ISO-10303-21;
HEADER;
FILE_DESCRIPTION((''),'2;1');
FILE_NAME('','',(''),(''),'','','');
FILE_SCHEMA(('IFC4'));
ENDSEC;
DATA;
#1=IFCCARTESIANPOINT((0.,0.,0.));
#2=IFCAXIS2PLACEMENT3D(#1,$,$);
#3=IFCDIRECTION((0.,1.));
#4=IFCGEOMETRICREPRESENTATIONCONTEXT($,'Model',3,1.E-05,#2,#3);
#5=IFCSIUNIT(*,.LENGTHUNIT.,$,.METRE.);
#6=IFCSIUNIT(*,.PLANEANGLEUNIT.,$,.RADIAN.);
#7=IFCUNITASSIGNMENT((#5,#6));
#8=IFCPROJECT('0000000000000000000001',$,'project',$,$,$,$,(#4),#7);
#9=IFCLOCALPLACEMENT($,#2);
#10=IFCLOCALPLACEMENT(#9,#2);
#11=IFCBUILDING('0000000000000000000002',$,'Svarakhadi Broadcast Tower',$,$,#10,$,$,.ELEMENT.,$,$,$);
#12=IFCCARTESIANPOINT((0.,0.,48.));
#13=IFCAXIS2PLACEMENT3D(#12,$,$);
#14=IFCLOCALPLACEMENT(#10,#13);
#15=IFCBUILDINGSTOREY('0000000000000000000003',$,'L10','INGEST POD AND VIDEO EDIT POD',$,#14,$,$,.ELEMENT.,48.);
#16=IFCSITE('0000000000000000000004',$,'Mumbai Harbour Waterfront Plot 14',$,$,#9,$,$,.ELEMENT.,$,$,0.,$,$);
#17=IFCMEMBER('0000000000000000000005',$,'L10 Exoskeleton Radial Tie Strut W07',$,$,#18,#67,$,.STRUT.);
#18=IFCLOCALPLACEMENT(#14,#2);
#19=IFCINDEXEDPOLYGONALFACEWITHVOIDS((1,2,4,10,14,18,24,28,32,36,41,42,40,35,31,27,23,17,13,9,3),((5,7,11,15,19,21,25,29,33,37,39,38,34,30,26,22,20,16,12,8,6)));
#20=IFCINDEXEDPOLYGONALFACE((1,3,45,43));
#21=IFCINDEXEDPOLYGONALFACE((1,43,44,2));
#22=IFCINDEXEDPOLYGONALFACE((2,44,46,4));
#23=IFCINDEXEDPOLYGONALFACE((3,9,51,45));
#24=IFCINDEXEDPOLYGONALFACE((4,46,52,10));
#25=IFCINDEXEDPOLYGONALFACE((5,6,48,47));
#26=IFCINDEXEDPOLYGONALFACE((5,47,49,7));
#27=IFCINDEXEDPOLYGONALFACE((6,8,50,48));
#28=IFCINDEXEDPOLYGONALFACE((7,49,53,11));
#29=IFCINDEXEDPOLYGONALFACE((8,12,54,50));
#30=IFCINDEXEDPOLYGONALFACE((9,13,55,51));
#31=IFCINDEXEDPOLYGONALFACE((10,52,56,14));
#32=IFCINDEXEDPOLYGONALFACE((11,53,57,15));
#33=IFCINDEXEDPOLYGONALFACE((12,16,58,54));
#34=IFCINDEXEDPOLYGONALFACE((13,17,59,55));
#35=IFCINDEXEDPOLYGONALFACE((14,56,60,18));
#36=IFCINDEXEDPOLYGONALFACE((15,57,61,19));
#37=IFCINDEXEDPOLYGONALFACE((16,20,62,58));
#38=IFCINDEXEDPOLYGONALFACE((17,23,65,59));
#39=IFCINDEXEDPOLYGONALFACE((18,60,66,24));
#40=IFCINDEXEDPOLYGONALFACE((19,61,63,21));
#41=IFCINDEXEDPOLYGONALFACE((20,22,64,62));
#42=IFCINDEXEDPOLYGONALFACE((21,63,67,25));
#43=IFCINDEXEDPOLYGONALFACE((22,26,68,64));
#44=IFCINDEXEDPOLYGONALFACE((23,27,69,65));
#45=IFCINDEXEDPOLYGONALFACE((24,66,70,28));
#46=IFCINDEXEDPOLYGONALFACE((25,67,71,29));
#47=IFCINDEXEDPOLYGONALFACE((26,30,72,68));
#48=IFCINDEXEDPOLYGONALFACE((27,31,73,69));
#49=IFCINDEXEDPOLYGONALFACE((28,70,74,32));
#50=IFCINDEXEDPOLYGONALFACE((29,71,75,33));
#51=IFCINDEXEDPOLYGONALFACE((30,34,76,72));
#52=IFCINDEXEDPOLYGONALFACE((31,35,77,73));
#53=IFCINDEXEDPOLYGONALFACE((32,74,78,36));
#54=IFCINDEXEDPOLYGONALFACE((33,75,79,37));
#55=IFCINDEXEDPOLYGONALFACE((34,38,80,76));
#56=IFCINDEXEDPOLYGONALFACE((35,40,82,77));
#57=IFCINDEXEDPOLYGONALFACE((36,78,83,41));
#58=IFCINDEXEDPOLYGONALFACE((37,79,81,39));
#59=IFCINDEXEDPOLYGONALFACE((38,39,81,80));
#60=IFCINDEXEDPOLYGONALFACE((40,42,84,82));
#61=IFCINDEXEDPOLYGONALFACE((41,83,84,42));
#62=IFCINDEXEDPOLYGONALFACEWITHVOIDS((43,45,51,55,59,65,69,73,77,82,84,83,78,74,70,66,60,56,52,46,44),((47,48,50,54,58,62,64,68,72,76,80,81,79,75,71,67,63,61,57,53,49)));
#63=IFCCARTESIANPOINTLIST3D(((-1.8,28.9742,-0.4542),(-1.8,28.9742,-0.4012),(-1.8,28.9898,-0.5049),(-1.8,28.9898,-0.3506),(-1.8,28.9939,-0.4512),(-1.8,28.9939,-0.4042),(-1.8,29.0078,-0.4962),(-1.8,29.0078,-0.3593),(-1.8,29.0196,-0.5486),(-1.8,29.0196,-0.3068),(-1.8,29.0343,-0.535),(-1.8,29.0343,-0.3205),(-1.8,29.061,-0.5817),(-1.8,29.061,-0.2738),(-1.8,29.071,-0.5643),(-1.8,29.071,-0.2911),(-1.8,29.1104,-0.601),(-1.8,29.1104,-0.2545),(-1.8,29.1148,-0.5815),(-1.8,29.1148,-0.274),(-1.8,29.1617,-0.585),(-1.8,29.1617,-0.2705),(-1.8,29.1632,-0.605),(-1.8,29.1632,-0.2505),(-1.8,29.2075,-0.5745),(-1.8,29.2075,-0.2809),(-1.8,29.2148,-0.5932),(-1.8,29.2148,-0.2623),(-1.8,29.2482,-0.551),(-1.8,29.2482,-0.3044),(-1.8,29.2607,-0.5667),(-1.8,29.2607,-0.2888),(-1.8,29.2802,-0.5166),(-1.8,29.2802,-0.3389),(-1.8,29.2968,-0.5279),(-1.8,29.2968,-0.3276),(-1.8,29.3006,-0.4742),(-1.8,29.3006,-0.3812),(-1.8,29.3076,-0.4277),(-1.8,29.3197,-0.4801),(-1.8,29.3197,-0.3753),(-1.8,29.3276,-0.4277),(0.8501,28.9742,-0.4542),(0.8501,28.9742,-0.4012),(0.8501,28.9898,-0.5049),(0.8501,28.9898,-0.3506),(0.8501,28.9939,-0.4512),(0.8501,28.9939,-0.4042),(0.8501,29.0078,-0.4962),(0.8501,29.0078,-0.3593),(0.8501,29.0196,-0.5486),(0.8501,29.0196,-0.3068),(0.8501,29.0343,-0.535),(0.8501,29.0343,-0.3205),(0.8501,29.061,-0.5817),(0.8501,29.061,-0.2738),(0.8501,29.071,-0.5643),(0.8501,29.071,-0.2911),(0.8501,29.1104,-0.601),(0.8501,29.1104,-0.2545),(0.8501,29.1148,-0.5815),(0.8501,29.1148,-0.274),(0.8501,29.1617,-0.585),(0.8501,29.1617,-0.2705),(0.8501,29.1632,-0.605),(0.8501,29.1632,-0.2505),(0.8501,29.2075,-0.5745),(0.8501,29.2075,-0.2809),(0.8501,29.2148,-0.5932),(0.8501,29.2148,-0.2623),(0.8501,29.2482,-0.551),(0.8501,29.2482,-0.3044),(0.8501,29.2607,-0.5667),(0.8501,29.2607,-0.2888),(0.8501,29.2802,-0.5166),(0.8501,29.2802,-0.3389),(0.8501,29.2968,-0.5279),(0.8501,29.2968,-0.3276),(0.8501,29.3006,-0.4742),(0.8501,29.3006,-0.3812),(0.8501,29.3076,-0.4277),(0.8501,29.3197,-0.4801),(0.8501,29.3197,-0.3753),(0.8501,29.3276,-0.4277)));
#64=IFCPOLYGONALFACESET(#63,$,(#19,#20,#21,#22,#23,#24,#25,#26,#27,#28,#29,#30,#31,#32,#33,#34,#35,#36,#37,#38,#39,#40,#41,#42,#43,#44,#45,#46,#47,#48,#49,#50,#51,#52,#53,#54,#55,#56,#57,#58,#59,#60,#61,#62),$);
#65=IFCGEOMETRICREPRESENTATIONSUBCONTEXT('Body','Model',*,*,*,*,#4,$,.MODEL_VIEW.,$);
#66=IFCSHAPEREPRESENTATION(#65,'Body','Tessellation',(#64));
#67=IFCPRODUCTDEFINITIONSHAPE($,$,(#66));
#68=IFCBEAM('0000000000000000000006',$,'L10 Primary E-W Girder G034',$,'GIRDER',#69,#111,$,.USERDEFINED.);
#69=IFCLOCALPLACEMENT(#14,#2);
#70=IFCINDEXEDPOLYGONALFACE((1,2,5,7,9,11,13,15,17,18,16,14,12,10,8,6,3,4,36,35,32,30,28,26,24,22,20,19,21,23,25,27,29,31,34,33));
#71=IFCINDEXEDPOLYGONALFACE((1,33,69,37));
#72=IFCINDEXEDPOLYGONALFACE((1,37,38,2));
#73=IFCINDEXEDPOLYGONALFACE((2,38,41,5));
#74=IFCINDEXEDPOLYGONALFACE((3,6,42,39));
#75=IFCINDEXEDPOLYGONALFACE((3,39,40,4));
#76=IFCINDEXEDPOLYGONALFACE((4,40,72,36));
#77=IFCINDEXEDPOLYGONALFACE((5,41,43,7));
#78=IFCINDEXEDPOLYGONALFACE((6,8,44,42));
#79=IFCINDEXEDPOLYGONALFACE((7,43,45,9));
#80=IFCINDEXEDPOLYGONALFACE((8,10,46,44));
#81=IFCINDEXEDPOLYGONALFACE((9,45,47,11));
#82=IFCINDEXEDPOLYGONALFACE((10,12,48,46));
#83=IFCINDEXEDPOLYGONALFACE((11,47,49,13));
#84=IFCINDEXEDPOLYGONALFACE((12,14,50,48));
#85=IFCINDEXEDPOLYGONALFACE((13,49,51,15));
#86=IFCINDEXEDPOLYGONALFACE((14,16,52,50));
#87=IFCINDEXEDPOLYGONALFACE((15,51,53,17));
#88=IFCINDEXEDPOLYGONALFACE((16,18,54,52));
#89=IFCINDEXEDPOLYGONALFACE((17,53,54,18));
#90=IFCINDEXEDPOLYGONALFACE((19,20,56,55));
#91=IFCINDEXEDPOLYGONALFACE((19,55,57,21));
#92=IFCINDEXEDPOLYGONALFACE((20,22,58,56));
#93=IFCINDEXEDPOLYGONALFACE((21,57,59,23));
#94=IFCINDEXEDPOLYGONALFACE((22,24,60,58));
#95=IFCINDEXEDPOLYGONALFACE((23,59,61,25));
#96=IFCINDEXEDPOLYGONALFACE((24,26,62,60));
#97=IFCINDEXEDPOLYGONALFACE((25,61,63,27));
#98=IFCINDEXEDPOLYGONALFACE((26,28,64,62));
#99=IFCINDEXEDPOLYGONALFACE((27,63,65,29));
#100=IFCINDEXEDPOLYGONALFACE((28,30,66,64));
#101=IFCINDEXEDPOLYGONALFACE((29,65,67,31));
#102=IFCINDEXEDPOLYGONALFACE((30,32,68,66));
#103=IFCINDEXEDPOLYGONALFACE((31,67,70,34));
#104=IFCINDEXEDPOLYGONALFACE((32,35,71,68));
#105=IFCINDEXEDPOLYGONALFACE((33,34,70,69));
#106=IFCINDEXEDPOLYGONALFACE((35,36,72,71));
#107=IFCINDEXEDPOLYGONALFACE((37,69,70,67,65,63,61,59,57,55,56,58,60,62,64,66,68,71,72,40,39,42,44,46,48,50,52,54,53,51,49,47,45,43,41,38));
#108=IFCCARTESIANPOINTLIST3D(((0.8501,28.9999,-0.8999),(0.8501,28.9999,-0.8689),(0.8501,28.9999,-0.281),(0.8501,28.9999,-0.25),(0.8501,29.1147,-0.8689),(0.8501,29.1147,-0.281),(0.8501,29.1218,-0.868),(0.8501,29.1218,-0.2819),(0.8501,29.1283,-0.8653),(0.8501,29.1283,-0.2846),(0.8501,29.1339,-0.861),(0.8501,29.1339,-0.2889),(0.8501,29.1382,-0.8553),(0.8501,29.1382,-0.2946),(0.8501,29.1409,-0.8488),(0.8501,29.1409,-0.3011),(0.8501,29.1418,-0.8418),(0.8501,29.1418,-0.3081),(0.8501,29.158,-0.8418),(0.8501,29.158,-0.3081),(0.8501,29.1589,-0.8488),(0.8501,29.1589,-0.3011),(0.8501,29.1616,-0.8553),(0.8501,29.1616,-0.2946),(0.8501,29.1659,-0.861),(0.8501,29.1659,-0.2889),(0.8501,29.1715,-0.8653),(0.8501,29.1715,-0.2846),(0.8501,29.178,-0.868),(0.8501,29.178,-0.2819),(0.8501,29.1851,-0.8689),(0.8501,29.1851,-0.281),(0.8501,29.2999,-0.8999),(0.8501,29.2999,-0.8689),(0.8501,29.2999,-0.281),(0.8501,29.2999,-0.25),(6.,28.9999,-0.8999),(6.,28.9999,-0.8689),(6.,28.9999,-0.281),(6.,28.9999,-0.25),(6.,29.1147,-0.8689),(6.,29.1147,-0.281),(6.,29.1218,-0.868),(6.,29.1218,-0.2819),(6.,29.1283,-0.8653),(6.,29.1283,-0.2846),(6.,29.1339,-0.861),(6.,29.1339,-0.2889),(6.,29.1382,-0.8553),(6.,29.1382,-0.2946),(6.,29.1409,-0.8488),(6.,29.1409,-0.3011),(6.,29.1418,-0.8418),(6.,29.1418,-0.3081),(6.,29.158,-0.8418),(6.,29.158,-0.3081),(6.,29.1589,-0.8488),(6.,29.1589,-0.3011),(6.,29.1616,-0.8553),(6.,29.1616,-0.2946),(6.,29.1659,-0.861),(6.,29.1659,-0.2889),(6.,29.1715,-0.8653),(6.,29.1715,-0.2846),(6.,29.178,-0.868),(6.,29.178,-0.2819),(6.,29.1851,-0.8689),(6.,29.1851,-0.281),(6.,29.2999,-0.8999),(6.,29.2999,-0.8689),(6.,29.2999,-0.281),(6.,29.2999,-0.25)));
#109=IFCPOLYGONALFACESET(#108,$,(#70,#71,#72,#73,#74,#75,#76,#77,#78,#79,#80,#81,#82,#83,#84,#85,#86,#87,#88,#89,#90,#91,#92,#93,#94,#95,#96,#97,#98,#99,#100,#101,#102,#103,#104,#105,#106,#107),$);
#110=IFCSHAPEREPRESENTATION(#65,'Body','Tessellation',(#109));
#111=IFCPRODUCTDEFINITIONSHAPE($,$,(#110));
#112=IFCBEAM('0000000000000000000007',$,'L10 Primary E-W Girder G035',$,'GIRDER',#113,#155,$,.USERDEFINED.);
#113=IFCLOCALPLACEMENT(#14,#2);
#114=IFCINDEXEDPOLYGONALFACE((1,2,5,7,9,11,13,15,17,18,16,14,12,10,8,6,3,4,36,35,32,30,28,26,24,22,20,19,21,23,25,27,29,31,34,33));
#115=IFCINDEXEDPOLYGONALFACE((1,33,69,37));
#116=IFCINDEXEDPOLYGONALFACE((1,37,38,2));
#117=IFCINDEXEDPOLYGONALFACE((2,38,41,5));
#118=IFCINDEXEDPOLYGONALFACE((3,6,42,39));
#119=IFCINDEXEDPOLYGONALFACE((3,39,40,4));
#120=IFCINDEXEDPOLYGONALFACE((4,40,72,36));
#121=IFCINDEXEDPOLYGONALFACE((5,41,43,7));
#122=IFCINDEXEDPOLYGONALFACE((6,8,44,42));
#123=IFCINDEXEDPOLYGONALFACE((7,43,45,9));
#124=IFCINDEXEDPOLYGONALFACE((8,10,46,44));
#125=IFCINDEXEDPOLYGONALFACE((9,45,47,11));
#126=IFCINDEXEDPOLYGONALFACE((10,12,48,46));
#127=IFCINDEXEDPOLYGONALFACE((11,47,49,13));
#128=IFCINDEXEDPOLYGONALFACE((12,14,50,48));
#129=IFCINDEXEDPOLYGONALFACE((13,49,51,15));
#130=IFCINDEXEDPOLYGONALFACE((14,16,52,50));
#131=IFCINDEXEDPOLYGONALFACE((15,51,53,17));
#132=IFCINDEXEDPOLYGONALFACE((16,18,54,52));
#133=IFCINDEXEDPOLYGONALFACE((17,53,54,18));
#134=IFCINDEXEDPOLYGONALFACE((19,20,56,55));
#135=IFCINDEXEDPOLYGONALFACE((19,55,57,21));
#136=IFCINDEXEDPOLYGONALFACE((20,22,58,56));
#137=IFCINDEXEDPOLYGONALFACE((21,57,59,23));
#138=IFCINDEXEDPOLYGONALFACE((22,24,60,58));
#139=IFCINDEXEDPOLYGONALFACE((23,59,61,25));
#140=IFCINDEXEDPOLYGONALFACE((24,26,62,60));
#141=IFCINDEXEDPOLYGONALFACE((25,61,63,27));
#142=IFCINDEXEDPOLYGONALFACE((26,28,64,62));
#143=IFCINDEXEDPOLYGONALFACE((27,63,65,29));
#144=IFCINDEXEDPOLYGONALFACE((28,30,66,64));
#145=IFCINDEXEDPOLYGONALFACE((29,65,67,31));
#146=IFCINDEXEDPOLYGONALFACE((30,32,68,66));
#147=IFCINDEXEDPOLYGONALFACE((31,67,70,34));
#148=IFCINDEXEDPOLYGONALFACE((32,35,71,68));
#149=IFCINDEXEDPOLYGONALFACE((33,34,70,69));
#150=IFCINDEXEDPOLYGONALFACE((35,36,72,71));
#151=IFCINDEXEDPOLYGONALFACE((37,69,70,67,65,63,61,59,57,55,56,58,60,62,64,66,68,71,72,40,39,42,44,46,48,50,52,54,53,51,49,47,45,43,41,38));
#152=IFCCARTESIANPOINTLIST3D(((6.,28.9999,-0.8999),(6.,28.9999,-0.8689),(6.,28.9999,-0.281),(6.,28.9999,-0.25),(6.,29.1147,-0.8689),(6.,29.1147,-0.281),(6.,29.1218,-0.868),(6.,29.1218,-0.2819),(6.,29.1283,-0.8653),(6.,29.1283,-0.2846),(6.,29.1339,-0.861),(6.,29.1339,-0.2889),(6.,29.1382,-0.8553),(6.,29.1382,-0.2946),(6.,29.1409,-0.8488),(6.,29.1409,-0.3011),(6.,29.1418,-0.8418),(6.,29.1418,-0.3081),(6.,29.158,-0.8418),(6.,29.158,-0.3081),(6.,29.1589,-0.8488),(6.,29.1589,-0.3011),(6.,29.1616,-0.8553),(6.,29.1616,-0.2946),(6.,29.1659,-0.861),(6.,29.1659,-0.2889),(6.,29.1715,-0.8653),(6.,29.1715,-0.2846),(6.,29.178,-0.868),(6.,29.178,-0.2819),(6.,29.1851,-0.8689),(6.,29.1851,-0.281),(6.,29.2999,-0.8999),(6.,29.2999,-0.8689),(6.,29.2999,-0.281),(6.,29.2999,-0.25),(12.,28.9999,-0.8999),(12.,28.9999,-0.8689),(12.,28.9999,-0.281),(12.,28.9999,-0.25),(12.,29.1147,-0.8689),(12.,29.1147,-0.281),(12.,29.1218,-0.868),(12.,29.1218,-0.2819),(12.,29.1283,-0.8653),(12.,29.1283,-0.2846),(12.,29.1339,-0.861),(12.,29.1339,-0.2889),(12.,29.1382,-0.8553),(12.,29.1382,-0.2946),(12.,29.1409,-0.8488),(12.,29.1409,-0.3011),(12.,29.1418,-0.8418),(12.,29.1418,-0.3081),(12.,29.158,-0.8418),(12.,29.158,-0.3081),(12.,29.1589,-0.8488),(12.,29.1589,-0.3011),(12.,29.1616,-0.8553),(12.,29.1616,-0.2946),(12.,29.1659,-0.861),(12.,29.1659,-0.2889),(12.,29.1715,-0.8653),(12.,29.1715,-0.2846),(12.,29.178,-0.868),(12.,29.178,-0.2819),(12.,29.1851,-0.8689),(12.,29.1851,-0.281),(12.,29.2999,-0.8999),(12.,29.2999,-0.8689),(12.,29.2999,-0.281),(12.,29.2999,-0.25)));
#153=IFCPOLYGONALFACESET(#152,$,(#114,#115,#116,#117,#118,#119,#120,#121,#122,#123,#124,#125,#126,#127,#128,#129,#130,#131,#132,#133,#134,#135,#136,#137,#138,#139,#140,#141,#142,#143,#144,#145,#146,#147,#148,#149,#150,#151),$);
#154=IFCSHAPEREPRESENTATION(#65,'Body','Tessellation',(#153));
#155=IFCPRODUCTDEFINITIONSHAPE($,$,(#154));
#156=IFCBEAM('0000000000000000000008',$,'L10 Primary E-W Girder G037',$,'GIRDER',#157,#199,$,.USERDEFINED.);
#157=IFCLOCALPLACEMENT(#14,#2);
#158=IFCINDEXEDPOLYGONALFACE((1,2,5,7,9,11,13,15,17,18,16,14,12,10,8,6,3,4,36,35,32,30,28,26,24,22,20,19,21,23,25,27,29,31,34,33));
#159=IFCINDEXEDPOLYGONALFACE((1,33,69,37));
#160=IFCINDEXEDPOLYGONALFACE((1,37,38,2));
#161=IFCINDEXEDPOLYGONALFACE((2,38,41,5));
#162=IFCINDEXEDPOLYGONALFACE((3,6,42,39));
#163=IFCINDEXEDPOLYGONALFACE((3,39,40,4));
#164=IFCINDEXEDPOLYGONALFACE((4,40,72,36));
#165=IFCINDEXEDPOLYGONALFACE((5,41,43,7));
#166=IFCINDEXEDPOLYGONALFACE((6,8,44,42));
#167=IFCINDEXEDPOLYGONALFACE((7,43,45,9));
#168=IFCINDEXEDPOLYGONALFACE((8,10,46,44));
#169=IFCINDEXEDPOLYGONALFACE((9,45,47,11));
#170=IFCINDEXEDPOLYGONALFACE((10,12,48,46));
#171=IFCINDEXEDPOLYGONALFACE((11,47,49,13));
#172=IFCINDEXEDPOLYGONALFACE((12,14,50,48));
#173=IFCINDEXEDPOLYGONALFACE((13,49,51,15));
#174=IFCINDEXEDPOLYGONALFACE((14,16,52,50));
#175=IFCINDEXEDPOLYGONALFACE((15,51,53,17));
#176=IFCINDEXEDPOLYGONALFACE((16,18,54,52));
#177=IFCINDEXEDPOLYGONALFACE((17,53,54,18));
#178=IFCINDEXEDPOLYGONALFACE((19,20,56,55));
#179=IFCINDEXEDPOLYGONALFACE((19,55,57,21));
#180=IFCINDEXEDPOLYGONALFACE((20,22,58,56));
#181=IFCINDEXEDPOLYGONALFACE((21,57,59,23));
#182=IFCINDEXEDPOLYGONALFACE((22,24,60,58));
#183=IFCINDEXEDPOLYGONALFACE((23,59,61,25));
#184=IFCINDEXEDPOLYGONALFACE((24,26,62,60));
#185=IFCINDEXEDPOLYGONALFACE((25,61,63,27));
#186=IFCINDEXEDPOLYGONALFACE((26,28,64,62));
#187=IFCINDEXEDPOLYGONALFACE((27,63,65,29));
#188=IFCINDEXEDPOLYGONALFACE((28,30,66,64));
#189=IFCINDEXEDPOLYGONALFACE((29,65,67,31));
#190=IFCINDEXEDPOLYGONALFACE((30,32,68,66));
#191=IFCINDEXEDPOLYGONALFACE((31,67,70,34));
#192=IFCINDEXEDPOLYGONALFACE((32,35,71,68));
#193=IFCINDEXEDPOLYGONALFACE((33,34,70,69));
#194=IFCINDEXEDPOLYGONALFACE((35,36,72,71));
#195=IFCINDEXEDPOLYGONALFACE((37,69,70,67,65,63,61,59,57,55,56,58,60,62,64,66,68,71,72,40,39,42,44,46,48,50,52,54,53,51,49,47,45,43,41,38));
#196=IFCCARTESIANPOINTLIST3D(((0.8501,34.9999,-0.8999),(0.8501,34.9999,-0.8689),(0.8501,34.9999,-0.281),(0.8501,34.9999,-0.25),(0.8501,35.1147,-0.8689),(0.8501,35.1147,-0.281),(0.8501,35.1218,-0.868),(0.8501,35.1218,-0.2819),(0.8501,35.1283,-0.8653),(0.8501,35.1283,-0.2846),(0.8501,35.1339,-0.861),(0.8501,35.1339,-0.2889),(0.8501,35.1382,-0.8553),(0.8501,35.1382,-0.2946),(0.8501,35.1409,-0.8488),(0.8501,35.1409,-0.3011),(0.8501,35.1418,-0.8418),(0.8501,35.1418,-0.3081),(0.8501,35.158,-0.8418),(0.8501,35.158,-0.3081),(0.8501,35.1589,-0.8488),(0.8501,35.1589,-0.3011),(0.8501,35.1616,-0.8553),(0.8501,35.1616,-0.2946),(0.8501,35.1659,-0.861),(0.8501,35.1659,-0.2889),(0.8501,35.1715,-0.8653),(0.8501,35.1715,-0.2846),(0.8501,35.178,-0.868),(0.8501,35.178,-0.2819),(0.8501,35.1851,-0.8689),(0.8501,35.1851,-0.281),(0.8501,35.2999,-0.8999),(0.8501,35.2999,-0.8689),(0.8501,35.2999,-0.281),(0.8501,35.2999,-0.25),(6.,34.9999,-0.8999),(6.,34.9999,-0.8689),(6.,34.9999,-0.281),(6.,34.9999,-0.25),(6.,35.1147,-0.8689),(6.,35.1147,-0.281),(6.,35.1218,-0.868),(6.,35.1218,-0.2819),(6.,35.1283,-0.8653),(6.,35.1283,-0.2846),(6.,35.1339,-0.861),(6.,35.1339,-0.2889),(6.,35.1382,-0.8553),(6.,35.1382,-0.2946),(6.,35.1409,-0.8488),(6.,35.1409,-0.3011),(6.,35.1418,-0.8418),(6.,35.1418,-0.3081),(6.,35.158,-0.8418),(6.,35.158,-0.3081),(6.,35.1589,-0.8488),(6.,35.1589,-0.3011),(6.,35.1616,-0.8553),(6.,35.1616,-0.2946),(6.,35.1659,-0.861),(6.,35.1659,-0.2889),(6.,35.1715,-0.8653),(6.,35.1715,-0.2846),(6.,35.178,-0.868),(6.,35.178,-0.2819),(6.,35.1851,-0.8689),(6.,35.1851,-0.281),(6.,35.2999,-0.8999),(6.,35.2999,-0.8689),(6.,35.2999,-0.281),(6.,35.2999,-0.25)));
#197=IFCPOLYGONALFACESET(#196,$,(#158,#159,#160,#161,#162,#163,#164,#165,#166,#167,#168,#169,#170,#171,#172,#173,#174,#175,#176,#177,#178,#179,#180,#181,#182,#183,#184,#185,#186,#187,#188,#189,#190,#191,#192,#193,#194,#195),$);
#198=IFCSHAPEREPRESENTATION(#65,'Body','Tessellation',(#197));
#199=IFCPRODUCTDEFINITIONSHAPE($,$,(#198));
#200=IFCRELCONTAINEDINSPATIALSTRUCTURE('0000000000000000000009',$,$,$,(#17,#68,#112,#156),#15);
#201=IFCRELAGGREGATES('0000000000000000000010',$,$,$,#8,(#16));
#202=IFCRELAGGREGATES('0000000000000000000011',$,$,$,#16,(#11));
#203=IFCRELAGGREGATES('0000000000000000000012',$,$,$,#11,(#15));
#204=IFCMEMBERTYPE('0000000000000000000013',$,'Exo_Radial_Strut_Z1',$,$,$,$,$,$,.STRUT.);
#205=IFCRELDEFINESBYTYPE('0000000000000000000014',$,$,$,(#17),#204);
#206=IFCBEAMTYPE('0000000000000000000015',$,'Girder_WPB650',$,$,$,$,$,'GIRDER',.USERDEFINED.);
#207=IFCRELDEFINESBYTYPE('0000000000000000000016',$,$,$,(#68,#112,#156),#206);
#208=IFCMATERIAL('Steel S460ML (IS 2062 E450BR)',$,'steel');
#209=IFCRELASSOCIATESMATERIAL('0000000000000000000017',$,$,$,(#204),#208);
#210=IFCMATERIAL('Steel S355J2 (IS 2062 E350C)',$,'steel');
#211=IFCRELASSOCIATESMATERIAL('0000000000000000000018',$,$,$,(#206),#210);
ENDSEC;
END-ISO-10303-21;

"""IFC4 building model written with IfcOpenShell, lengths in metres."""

from ifc_helpers import new_model, si_unit, direction, frame, origin, origin_2d, place, context, subcontext, project, spatial, hollow_circle, i_section, extrude, material, material_profile, profile_set, type_object, element, save


model = new_model("IFC4")

# Units and contexts
model_context = context("Model", 3, precision=1e-05, world=origin(), true_north=direction((0.0, 1.0)))
body_context = subcontext(model_context, "Body", "Model", "MODEL_VIEW")
ifc_project = project(units=[si_unit("LENGTHUNIT", "METRE"), si_unit("PLANEANGLEUNIT", "RADIAN")], contexts=[model_context])

# Site, building, storey
site_placement = place(None, origin())
site = spatial("IfcSite", under=ifc_project, at=site_placement, Name="Mumbai Harbour Waterfront Plot 14", CompositionType="ELEMENT", RefElevation=0.0)
building_placement = place(site_placement, origin())
building = spatial("IfcBuilding", under=site, at=building_placement, Name="Svarakhadi Broadcast Tower", CompositionType="ELEMENT")
storey_placement = place(building_placement, frame((0.0, 0.0, 48.0)))
storey = spatial("IfcBuildingStorey", under=building, at=storey_placement, Name="L10", Description="INGEST POD AND VIDEO EDIT POD", CompositionType="ELEMENT", Elevation=48.0)

# Shared definitions
ifc_material_1 = material(Name="Steel S460ML (IS 2062 E450BR)", Category="steel")

# Shared definitions
ifc_material_2 = material(Name="Steel S355J2 (IS 2062 E350C)", Category="steel")

# Member
ifc_material_profile_1 = material_profile(ifc_material_1, hollow_circle(Radius=0.1777, WallThickness=0.02, at=origin_2d()), Name="CHS 355.6x20")
ifc_profile_set_1 = profile_set([ifc_material_profile_1], Name="Steel S460ML (IS 2062 E450BR)")
member_type_1 = type_object("IfcMemberType", Name="Exo_Radial_Strut_Z1", PredefinedType="STRUT", material=ifc_profile_set_1)
member_1_placement = place(storey_placement, frame((-1.8, 29.1499, -0.4277), z_axis=(1.0, 0.0, 0.0), x_axis=(0.0, 1.0, 0.0)))
element("IfcMember", 1, at=member_1_placement, inside=storey, type_object=member_type_1, Name="L10 Exoskeleton Radial Tie Strut W07", PredefinedType="STRUT", context=body_context, shape_type="SweptSolid", body=[
    extrude(hollow_circle(Radius=0.1777, WallThickness=0.02, at=origin_2d()), origin(), (0.0, 0.0, 1.0), 2.6501),
])

# Beams
ifc_material_profile_2 = material_profile(ifc_material_2, i_section(OverallWidth=0.3, OverallDepth=0.6499, WebThickness=0.0161, FlangeThickness=0.031, FilletRadius=0.0271, at=origin_2d()), Name="WPB 650x300x225")
ifc_profile_set_2 = profile_set([ifc_material_profile_2], Name="Steel S355J2 (IS 2062 E350C)")
beam_type_1 = type_object("IfcBeamType", Name="Girder_WPB650", ElementType="GIRDER", PredefinedType="USERDEFINED", material=ifc_profile_set_2)
beam_1_placement = place(storey_placement, frame((0.8501, 29.1499, -0.575), z_axis=(1.0, 0.0, 0.0), x_axis=(0.0, 1.0, 0.0)))
element("IfcBeam", 2, at=beam_1_placement, inside=storey, type_object=beam_type_1, Name="L10 Primary E-W Girder G034", ObjectType="GIRDER", PredefinedType="USERDEFINED", context=body_context, shape_type="SweptSolid", body=[
    extrude(i_section(OverallWidth=0.3, OverallDepth=0.6499, WebThickness=0.0161, FlangeThickness=0.031, FilletRadius=0.0271, at=origin_2d()), origin(), (0.0, 0.0, 1.0), 5.1499),
])
beam_2_placement = place(storey_placement, frame((6.0, 29.1499, -0.575), z_axis=(1.0, 0.0, 0.0), x_axis=(0.0, 1.0, 0.0)))
element("IfcBeam", 3, at=beam_2_placement, inside=storey, type_object=beam_type_1, Name="L10 Primary E-W Girder G035", ObjectType="GIRDER", PredefinedType="USERDEFINED", context=body_context, shape_type="SweptSolid", body=[
    extrude(i_section(OverallWidth=0.3, OverallDepth=0.6499, WebThickness=0.0161, FlangeThickness=0.031, FilletRadius=0.0271, at=origin_2d()), origin(), (0.0, 0.0, 1.0), 6.0),
])
for number, where, z_axis, x_axis, name in (
    (4, (0.8501, 35.1499, -0.575), (1.0, 0.0, 0.0), (0.0, 1.0, 0.0), "L10 Primary E-W Girder G037"),
):
    element("IfcBeam", number, at=place(storey_placement, frame(where, z_axis=z_axis, x_axis=x_axis)), inside=storey, type_object=beam_type_1, Name=name, ObjectType="GIRDER", PredefinedType="USERDEFINED", context=body_context, shape_type="SweptSolid", body=[
        extrude(i_section(OverallWidth=0.3, OverallDepth=0.6499, WebThickness=0.0161, FlangeThickness=0.031, FilletRadius=0.0271, at=origin_2d()), origin(), (0.0, 0.0, 1.0), 5.1499),
    ])

save(model, "model.ifc")
